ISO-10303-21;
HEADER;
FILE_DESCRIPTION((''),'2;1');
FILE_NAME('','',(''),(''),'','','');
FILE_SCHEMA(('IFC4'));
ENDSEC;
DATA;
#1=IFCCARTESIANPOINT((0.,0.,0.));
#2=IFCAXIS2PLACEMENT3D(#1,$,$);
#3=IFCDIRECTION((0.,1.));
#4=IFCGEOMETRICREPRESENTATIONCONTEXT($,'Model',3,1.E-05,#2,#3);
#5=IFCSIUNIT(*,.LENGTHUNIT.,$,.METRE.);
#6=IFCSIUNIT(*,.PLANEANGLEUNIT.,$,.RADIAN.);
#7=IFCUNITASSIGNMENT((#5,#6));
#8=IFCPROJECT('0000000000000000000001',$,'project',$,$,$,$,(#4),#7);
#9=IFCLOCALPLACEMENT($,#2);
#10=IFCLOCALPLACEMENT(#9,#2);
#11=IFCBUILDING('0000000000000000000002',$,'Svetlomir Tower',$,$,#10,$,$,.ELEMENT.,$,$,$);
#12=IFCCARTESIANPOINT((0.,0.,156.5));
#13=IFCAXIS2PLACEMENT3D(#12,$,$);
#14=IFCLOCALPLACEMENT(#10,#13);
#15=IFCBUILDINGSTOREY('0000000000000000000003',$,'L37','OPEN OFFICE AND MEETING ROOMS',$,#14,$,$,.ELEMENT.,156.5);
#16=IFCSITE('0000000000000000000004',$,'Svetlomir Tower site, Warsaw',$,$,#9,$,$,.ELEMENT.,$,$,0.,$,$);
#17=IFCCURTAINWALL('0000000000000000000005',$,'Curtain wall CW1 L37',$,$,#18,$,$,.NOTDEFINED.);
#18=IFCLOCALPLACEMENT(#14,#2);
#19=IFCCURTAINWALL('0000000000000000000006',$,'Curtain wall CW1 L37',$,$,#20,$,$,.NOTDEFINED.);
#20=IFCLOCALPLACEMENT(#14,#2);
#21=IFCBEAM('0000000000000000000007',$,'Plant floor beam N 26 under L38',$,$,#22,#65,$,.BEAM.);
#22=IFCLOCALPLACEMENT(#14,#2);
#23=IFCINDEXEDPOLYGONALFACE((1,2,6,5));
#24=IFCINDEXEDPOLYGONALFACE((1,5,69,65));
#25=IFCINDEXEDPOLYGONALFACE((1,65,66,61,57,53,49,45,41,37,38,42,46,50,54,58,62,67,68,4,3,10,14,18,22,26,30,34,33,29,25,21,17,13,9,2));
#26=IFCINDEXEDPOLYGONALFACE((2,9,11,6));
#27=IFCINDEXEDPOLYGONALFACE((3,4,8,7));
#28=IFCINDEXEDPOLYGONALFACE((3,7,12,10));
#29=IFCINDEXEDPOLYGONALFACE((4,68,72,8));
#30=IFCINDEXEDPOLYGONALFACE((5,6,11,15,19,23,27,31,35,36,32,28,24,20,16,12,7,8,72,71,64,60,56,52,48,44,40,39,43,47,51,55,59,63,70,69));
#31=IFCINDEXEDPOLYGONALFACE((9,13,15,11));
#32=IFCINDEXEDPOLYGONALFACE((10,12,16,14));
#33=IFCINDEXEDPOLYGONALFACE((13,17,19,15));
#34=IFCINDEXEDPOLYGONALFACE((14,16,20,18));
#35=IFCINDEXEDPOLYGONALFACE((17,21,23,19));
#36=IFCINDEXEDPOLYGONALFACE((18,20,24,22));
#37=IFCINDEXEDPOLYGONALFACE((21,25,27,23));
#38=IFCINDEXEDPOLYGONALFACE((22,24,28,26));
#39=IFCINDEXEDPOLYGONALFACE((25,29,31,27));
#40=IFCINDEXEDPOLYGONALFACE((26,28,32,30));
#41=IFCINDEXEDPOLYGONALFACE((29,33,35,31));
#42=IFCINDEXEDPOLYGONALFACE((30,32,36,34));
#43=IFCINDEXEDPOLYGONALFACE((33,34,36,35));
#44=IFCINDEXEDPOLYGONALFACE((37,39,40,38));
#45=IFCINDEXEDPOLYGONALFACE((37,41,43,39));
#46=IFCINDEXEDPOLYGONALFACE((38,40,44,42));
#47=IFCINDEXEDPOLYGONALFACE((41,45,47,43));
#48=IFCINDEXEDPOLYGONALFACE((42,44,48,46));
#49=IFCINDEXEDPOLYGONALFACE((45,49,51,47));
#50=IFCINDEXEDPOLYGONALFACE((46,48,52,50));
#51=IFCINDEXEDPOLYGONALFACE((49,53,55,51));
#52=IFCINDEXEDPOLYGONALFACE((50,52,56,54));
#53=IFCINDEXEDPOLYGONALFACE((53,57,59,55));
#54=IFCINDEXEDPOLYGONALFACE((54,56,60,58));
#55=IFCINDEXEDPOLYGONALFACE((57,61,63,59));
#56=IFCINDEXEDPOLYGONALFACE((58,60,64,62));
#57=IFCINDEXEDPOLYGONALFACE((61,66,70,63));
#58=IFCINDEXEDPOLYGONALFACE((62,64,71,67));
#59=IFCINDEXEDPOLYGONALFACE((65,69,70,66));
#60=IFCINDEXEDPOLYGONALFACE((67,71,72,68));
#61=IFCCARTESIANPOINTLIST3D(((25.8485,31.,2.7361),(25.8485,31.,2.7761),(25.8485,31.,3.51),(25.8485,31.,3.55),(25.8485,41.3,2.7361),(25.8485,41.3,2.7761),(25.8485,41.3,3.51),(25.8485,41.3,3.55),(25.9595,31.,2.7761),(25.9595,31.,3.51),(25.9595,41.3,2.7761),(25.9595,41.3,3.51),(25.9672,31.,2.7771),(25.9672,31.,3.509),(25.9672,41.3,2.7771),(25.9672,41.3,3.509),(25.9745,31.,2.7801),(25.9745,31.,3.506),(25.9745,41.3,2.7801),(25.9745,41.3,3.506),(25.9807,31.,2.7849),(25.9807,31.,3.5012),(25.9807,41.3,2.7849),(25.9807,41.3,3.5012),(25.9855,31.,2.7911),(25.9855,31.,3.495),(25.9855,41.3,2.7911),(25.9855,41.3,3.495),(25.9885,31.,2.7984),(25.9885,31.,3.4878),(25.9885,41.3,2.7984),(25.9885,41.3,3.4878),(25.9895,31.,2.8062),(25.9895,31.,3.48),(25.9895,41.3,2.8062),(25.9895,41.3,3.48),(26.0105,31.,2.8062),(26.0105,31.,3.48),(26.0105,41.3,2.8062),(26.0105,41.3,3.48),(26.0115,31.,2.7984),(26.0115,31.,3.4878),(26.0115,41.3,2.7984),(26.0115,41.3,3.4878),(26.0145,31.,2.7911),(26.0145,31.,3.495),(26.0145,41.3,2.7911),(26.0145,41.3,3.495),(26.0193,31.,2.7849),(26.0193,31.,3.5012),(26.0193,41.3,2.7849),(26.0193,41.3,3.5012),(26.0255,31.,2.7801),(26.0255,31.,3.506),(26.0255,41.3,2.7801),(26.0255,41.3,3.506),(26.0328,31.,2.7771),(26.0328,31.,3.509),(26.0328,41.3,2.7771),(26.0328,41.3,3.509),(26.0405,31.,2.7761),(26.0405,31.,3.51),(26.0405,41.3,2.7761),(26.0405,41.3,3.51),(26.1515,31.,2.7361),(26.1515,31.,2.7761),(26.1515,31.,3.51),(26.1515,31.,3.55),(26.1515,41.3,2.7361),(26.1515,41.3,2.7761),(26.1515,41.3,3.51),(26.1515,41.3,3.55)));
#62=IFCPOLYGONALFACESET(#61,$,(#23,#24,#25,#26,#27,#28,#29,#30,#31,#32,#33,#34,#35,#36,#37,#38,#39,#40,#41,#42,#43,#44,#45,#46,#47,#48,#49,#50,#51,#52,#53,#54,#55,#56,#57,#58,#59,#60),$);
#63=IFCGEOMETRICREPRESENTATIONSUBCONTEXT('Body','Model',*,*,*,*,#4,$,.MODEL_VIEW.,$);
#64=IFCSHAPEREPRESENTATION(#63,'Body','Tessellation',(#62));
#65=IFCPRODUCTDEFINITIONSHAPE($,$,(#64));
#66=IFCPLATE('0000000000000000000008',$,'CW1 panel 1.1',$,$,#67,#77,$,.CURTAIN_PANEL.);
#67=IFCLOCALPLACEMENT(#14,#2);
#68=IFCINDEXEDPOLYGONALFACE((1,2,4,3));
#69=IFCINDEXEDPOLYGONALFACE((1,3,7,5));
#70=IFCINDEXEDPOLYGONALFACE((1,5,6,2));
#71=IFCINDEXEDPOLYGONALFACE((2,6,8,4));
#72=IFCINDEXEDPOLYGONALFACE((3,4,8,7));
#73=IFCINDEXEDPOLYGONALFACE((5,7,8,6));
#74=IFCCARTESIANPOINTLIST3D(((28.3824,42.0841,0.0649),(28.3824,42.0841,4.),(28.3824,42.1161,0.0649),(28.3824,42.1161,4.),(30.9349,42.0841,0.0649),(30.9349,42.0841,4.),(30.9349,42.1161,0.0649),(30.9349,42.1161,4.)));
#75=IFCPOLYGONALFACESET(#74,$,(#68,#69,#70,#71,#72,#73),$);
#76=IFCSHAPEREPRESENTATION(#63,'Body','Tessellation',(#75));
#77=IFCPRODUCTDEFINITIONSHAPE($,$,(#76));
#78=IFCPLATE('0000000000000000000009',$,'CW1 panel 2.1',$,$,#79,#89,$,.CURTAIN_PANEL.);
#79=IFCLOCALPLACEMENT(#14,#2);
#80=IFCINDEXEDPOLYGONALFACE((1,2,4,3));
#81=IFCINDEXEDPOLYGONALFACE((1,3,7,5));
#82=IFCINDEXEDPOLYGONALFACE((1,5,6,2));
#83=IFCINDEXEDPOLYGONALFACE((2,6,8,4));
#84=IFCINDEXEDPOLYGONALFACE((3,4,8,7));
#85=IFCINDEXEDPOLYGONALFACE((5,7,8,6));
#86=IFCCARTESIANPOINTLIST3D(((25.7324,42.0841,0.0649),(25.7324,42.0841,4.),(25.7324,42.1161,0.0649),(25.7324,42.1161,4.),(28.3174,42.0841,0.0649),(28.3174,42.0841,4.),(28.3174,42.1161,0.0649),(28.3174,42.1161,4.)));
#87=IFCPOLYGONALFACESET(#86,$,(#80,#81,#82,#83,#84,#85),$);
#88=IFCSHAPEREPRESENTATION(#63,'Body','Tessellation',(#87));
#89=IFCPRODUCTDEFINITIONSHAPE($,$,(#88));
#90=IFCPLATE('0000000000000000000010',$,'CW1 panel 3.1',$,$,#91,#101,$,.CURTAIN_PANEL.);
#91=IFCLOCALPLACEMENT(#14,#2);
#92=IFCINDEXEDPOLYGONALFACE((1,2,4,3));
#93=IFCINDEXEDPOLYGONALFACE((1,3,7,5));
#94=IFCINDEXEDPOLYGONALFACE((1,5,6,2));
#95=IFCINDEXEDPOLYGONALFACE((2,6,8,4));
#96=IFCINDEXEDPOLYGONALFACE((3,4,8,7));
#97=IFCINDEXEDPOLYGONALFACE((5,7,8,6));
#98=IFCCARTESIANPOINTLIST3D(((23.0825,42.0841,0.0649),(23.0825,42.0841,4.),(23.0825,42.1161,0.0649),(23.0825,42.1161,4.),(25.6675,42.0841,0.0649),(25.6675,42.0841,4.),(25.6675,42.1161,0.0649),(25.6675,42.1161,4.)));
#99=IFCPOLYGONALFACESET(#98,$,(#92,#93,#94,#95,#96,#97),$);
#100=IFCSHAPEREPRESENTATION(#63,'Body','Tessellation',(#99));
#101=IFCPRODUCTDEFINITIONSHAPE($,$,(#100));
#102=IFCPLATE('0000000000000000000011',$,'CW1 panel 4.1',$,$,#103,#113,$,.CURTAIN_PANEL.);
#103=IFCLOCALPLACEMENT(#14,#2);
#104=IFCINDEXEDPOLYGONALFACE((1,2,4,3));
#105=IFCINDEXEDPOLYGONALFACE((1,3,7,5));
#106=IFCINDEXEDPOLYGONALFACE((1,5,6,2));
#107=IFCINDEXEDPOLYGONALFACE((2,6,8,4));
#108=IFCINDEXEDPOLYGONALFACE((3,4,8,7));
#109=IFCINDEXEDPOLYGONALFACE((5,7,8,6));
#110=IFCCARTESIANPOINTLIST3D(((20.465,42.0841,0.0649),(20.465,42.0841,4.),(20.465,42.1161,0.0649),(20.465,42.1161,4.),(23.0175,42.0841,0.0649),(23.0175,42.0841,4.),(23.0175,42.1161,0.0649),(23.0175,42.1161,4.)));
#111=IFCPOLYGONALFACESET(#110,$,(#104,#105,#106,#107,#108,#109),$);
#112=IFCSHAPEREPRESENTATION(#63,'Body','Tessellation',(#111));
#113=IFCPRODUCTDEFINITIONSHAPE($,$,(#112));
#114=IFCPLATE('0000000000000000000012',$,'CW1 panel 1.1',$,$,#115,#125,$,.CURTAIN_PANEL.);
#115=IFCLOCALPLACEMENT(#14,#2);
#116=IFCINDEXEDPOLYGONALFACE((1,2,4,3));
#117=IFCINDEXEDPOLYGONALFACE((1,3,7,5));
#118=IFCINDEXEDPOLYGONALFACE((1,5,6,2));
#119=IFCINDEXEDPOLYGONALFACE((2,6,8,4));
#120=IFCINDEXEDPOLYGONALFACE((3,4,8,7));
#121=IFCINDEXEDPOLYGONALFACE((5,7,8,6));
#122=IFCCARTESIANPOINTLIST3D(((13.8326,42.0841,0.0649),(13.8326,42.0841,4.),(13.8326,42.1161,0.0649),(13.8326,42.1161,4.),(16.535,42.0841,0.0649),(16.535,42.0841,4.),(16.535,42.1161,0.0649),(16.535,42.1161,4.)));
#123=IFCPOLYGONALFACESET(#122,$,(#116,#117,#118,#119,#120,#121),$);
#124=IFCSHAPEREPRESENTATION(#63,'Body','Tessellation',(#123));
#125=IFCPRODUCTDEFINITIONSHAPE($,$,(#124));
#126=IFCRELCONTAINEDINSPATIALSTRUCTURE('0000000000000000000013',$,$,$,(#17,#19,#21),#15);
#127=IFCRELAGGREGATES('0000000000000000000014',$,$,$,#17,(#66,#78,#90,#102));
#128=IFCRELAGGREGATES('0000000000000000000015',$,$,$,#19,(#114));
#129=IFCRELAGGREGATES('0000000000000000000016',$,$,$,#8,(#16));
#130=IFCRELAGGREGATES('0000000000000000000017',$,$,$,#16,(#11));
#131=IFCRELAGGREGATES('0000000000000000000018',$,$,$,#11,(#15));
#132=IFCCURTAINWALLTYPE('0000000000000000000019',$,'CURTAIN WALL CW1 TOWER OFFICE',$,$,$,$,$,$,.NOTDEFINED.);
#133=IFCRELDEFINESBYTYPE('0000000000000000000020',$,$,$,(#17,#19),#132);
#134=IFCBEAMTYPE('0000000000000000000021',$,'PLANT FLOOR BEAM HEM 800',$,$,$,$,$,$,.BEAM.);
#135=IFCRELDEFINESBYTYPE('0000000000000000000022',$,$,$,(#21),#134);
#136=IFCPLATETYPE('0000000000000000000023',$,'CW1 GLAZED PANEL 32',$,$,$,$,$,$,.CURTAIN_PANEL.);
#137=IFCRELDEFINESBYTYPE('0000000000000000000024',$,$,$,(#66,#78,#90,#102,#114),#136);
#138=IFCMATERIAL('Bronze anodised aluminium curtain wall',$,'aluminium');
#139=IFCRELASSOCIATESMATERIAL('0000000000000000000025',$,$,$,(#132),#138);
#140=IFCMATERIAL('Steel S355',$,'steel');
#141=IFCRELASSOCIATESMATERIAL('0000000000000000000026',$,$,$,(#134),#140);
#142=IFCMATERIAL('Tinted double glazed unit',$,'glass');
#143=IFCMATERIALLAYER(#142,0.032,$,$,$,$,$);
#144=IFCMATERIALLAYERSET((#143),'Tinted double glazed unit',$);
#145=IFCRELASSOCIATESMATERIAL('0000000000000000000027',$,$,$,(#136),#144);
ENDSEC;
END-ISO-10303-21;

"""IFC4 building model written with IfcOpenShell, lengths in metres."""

from ifc_helpers import new_model, si_unit, direction, frame, origin, origin_2d, place, context, subcontext, project, spatial, rectangle, i_section, extrude, material, layer, layer_set, material_profile, profile_set, type_object, element, aggregate, save


model = new_model("IFC4")

# Units and contexts
model_context = context("Model", 3, precision=1e-05, world=origin(), true_north=direction((0.0, 1.0)))
body_context = subcontext(model_context, "Body", "Model", "MODEL_VIEW")
ifc_project = project(units=[si_unit("LENGTHUNIT", "METRE"), si_unit("PLANEANGLEUNIT", "RADIAN")], contexts=[model_context])

# Site, building, storey
site_placement = place(None, origin())
site = spatial("IfcSite", under=ifc_project, at=site_placement, Name="Svetlomir Tower site, Warsaw", CompositionType="ELEMENT", RefElevation=0.0)
building_placement = place(site_placement, origin())
building = spatial("IfcBuilding", under=site, at=building_placement, Name="Svetlomir Tower", CompositionType="ELEMENT")
storey_placement = place(building_placement, frame((0.0, 0.0, 156.5)))
storey = spatial("IfcBuildingStorey", under=building, at=storey_placement, Name="L37", Description="OPEN OFFICE AND MEETING ROOMS", CompositionType="ELEMENT", Elevation=156.5)

# Curtain wall
ifc_material_1 = material(Name="Bronze anodised aluminium curtain wall", Category="aluminium")
curtain_wall_type = type_object("IfcCurtainWallType", Name="CURTAIN WALL CW1 TOWER OFFICE", PredefinedType="NOTDEFINED", material=ifc_material_1)
curtain_wall_1_placement = place(storey_placement, origin())
curtain_wall_1 = element("IfcCurtainWall", 1, at=curtain_wall_1_placement, inside=storey, type_object=curtain_wall_type, Name="Curtain wall CW1 L37", PredefinedType="NOTDEFINED")

# Curtain wall
curtain_wall_2_placement = place(storey_placement, origin())
curtain_wall_2 = element("IfcCurtainWall", 2, at=curtain_wall_2_placement, inside=storey, type_object=curtain_wall_type, Name="Curtain wall CW1 L37", PredefinedType="NOTDEFINED")

# Beam
ifc_material_2 = material(Name="Steel S355", Category="steel")
ifc_material_profile_1 = material_profile(ifc_material_2, i_section(OverallWidth=0.303, OverallDepth=0.814, WebThickness=0.021, FlangeThickness=0.04, FilletRadius=0.03, at=origin_2d()), Name="HEM 800")
ifc_profile_set_1 = profile_set([ifc_material_profile_1], Name="Steel S355")
beam_type_1 = type_object("IfcBeamType", Name="PLANT FLOOR BEAM HEM 800", PredefinedType="BEAM", material=ifc_profile_set_1)
beam_1_placement = place(storey_placement, frame((26.0, 41.3, 3.1431), z_axis=(0.0, -1.0, 0.0), x_axis=(1.0, 0.0, 0.0)))
element("IfcBeam", 3, at=beam_1_placement, inside=storey, type_object=beam_type_1, Name="Plant floor beam N 26 under L38", PredefinedType="BEAM", context=body_context, shape_type="SweptSolid", body=[
    extrude(i_section(OverallWidth=0.303, OverallDepth=0.814, WebThickness=0.021, FlangeThickness=0.04, FilletRadius=0.03, at=origin_2d()), origin(), (0.0, 0.0, 1.0), 10.3),
])

# Plates
ifc_material_3 = material(Name="Tinted double glazed unit", Category="glass")
ifc_layer_1 = layer(ifc_material_3, 0.032)
ifc_layer_set_1 = layer_set([ifc_layer_1], Name="Tinted double glazed unit")
plate_type = type_object("IfcPlateType", Name="CW1 GLAZED PANEL 32", PredefinedType="CURTAIN_PANEL", material=ifc_layer_set_1)
plate_1_placement = place(storey_placement, frame((29.6587, 42.1001, 0.0649), z_axis=(0.0, 0.0, 1.0), x_axis=(-1.0, 0.0, 0.0)))
plate_1 = element("IfcPlate", 4, at=plate_1_placement, type_object=plate_type, Name="CW1 panel 1.1", PredefinedType="CURTAIN_PANEL", context=body_context, shape_type="SweptSolid", body=[
    extrude(rectangle(XDim=2.5525, YDim=0.032, at=origin_2d()), origin(), (0.0, 0.0, 1.0), 3.9351),
])
plate_2_placement = place(storey_placement, frame((27.0249, 42.1001, 0.0649), z_axis=(0.0, 0.0, 1.0), x_axis=(-1.0, 0.0, 0.0)))
plate_2 = element("IfcPlate", 5, at=plate_2_placement, type_object=plate_type, Name="CW1 panel 2.1", PredefinedType="CURTAIN_PANEL", context=body_context, shape_type="SweptSolid", body=[
    extrude(rectangle(XDim=2.585, YDim=0.032, at=origin_2d()), origin(), (0.0, 0.0, 1.0), 3.9351),
])
plate_3_placement = place(storey_placement, frame((24.375, 42.1001, 0.0649), z_axis=(0.0, 0.0, 1.0), x_axis=(-1.0, 0.0, 0.0)))
plate_3 = element("IfcPlate", 6, at=plate_3_placement, type_object=plate_type, Name="CW1 panel 3.1", PredefinedType="CURTAIN_PANEL", context=body_context, shape_type="SweptSolid", body=[
    extrude(rectangle(XDim=2.585, YDim=0.032, at=origin_2d()), origin(), (0.0, 0.0, 1.0), 3.9351),
])
plate_4_placement = place(storey_placement, frame((21.7412, 42.1001, 0.0649), z_axis=(0.0, 0.0, 1.0), x_axis=(-1.0, 0.0, 0.0)))
plate_4 = element("IfcPlate", 7, at=plate_4_placement, type_object=plate_type, Name="CW1 panel 4.1", PredefinedType="CURTAIN_PANEL", context=body_context, shape_type="SweptSolid", body=[
    extrude(rectangle(XDim=2.5525, YDim=0.032, at=origin_2d()), origin(), (0.0, 0.0, 1.0), 3.9351),
])
aggregate(curtain_wall_1, [plate_1, plate_2, plate_3, plate_4])
plate_5_placement = place(storey_placement, frame((15.1838, 42.1001, 0.0649), z_axis=(0.0, 0.0, 1.0), x_axis=(-1.0, 0.0, 0.0)))
plate_5 = element("IfcPlate", 8, at=plate_5_placement, type_object=plate_type, Name="CW1 panel 1.1", PredefinedType="CURTAIN_PANEL", context=body_context, shape_type="SweptSolid", body=[
    extrude(rectangle(XDim=2.7024, YDim=0.032, at=origin_2d()), origin(), (0.0, 0.0, 1.0), 3.9351),
])
aggregate(curtain_wall_2, [plate_5])

save(model, "model.ifc")
